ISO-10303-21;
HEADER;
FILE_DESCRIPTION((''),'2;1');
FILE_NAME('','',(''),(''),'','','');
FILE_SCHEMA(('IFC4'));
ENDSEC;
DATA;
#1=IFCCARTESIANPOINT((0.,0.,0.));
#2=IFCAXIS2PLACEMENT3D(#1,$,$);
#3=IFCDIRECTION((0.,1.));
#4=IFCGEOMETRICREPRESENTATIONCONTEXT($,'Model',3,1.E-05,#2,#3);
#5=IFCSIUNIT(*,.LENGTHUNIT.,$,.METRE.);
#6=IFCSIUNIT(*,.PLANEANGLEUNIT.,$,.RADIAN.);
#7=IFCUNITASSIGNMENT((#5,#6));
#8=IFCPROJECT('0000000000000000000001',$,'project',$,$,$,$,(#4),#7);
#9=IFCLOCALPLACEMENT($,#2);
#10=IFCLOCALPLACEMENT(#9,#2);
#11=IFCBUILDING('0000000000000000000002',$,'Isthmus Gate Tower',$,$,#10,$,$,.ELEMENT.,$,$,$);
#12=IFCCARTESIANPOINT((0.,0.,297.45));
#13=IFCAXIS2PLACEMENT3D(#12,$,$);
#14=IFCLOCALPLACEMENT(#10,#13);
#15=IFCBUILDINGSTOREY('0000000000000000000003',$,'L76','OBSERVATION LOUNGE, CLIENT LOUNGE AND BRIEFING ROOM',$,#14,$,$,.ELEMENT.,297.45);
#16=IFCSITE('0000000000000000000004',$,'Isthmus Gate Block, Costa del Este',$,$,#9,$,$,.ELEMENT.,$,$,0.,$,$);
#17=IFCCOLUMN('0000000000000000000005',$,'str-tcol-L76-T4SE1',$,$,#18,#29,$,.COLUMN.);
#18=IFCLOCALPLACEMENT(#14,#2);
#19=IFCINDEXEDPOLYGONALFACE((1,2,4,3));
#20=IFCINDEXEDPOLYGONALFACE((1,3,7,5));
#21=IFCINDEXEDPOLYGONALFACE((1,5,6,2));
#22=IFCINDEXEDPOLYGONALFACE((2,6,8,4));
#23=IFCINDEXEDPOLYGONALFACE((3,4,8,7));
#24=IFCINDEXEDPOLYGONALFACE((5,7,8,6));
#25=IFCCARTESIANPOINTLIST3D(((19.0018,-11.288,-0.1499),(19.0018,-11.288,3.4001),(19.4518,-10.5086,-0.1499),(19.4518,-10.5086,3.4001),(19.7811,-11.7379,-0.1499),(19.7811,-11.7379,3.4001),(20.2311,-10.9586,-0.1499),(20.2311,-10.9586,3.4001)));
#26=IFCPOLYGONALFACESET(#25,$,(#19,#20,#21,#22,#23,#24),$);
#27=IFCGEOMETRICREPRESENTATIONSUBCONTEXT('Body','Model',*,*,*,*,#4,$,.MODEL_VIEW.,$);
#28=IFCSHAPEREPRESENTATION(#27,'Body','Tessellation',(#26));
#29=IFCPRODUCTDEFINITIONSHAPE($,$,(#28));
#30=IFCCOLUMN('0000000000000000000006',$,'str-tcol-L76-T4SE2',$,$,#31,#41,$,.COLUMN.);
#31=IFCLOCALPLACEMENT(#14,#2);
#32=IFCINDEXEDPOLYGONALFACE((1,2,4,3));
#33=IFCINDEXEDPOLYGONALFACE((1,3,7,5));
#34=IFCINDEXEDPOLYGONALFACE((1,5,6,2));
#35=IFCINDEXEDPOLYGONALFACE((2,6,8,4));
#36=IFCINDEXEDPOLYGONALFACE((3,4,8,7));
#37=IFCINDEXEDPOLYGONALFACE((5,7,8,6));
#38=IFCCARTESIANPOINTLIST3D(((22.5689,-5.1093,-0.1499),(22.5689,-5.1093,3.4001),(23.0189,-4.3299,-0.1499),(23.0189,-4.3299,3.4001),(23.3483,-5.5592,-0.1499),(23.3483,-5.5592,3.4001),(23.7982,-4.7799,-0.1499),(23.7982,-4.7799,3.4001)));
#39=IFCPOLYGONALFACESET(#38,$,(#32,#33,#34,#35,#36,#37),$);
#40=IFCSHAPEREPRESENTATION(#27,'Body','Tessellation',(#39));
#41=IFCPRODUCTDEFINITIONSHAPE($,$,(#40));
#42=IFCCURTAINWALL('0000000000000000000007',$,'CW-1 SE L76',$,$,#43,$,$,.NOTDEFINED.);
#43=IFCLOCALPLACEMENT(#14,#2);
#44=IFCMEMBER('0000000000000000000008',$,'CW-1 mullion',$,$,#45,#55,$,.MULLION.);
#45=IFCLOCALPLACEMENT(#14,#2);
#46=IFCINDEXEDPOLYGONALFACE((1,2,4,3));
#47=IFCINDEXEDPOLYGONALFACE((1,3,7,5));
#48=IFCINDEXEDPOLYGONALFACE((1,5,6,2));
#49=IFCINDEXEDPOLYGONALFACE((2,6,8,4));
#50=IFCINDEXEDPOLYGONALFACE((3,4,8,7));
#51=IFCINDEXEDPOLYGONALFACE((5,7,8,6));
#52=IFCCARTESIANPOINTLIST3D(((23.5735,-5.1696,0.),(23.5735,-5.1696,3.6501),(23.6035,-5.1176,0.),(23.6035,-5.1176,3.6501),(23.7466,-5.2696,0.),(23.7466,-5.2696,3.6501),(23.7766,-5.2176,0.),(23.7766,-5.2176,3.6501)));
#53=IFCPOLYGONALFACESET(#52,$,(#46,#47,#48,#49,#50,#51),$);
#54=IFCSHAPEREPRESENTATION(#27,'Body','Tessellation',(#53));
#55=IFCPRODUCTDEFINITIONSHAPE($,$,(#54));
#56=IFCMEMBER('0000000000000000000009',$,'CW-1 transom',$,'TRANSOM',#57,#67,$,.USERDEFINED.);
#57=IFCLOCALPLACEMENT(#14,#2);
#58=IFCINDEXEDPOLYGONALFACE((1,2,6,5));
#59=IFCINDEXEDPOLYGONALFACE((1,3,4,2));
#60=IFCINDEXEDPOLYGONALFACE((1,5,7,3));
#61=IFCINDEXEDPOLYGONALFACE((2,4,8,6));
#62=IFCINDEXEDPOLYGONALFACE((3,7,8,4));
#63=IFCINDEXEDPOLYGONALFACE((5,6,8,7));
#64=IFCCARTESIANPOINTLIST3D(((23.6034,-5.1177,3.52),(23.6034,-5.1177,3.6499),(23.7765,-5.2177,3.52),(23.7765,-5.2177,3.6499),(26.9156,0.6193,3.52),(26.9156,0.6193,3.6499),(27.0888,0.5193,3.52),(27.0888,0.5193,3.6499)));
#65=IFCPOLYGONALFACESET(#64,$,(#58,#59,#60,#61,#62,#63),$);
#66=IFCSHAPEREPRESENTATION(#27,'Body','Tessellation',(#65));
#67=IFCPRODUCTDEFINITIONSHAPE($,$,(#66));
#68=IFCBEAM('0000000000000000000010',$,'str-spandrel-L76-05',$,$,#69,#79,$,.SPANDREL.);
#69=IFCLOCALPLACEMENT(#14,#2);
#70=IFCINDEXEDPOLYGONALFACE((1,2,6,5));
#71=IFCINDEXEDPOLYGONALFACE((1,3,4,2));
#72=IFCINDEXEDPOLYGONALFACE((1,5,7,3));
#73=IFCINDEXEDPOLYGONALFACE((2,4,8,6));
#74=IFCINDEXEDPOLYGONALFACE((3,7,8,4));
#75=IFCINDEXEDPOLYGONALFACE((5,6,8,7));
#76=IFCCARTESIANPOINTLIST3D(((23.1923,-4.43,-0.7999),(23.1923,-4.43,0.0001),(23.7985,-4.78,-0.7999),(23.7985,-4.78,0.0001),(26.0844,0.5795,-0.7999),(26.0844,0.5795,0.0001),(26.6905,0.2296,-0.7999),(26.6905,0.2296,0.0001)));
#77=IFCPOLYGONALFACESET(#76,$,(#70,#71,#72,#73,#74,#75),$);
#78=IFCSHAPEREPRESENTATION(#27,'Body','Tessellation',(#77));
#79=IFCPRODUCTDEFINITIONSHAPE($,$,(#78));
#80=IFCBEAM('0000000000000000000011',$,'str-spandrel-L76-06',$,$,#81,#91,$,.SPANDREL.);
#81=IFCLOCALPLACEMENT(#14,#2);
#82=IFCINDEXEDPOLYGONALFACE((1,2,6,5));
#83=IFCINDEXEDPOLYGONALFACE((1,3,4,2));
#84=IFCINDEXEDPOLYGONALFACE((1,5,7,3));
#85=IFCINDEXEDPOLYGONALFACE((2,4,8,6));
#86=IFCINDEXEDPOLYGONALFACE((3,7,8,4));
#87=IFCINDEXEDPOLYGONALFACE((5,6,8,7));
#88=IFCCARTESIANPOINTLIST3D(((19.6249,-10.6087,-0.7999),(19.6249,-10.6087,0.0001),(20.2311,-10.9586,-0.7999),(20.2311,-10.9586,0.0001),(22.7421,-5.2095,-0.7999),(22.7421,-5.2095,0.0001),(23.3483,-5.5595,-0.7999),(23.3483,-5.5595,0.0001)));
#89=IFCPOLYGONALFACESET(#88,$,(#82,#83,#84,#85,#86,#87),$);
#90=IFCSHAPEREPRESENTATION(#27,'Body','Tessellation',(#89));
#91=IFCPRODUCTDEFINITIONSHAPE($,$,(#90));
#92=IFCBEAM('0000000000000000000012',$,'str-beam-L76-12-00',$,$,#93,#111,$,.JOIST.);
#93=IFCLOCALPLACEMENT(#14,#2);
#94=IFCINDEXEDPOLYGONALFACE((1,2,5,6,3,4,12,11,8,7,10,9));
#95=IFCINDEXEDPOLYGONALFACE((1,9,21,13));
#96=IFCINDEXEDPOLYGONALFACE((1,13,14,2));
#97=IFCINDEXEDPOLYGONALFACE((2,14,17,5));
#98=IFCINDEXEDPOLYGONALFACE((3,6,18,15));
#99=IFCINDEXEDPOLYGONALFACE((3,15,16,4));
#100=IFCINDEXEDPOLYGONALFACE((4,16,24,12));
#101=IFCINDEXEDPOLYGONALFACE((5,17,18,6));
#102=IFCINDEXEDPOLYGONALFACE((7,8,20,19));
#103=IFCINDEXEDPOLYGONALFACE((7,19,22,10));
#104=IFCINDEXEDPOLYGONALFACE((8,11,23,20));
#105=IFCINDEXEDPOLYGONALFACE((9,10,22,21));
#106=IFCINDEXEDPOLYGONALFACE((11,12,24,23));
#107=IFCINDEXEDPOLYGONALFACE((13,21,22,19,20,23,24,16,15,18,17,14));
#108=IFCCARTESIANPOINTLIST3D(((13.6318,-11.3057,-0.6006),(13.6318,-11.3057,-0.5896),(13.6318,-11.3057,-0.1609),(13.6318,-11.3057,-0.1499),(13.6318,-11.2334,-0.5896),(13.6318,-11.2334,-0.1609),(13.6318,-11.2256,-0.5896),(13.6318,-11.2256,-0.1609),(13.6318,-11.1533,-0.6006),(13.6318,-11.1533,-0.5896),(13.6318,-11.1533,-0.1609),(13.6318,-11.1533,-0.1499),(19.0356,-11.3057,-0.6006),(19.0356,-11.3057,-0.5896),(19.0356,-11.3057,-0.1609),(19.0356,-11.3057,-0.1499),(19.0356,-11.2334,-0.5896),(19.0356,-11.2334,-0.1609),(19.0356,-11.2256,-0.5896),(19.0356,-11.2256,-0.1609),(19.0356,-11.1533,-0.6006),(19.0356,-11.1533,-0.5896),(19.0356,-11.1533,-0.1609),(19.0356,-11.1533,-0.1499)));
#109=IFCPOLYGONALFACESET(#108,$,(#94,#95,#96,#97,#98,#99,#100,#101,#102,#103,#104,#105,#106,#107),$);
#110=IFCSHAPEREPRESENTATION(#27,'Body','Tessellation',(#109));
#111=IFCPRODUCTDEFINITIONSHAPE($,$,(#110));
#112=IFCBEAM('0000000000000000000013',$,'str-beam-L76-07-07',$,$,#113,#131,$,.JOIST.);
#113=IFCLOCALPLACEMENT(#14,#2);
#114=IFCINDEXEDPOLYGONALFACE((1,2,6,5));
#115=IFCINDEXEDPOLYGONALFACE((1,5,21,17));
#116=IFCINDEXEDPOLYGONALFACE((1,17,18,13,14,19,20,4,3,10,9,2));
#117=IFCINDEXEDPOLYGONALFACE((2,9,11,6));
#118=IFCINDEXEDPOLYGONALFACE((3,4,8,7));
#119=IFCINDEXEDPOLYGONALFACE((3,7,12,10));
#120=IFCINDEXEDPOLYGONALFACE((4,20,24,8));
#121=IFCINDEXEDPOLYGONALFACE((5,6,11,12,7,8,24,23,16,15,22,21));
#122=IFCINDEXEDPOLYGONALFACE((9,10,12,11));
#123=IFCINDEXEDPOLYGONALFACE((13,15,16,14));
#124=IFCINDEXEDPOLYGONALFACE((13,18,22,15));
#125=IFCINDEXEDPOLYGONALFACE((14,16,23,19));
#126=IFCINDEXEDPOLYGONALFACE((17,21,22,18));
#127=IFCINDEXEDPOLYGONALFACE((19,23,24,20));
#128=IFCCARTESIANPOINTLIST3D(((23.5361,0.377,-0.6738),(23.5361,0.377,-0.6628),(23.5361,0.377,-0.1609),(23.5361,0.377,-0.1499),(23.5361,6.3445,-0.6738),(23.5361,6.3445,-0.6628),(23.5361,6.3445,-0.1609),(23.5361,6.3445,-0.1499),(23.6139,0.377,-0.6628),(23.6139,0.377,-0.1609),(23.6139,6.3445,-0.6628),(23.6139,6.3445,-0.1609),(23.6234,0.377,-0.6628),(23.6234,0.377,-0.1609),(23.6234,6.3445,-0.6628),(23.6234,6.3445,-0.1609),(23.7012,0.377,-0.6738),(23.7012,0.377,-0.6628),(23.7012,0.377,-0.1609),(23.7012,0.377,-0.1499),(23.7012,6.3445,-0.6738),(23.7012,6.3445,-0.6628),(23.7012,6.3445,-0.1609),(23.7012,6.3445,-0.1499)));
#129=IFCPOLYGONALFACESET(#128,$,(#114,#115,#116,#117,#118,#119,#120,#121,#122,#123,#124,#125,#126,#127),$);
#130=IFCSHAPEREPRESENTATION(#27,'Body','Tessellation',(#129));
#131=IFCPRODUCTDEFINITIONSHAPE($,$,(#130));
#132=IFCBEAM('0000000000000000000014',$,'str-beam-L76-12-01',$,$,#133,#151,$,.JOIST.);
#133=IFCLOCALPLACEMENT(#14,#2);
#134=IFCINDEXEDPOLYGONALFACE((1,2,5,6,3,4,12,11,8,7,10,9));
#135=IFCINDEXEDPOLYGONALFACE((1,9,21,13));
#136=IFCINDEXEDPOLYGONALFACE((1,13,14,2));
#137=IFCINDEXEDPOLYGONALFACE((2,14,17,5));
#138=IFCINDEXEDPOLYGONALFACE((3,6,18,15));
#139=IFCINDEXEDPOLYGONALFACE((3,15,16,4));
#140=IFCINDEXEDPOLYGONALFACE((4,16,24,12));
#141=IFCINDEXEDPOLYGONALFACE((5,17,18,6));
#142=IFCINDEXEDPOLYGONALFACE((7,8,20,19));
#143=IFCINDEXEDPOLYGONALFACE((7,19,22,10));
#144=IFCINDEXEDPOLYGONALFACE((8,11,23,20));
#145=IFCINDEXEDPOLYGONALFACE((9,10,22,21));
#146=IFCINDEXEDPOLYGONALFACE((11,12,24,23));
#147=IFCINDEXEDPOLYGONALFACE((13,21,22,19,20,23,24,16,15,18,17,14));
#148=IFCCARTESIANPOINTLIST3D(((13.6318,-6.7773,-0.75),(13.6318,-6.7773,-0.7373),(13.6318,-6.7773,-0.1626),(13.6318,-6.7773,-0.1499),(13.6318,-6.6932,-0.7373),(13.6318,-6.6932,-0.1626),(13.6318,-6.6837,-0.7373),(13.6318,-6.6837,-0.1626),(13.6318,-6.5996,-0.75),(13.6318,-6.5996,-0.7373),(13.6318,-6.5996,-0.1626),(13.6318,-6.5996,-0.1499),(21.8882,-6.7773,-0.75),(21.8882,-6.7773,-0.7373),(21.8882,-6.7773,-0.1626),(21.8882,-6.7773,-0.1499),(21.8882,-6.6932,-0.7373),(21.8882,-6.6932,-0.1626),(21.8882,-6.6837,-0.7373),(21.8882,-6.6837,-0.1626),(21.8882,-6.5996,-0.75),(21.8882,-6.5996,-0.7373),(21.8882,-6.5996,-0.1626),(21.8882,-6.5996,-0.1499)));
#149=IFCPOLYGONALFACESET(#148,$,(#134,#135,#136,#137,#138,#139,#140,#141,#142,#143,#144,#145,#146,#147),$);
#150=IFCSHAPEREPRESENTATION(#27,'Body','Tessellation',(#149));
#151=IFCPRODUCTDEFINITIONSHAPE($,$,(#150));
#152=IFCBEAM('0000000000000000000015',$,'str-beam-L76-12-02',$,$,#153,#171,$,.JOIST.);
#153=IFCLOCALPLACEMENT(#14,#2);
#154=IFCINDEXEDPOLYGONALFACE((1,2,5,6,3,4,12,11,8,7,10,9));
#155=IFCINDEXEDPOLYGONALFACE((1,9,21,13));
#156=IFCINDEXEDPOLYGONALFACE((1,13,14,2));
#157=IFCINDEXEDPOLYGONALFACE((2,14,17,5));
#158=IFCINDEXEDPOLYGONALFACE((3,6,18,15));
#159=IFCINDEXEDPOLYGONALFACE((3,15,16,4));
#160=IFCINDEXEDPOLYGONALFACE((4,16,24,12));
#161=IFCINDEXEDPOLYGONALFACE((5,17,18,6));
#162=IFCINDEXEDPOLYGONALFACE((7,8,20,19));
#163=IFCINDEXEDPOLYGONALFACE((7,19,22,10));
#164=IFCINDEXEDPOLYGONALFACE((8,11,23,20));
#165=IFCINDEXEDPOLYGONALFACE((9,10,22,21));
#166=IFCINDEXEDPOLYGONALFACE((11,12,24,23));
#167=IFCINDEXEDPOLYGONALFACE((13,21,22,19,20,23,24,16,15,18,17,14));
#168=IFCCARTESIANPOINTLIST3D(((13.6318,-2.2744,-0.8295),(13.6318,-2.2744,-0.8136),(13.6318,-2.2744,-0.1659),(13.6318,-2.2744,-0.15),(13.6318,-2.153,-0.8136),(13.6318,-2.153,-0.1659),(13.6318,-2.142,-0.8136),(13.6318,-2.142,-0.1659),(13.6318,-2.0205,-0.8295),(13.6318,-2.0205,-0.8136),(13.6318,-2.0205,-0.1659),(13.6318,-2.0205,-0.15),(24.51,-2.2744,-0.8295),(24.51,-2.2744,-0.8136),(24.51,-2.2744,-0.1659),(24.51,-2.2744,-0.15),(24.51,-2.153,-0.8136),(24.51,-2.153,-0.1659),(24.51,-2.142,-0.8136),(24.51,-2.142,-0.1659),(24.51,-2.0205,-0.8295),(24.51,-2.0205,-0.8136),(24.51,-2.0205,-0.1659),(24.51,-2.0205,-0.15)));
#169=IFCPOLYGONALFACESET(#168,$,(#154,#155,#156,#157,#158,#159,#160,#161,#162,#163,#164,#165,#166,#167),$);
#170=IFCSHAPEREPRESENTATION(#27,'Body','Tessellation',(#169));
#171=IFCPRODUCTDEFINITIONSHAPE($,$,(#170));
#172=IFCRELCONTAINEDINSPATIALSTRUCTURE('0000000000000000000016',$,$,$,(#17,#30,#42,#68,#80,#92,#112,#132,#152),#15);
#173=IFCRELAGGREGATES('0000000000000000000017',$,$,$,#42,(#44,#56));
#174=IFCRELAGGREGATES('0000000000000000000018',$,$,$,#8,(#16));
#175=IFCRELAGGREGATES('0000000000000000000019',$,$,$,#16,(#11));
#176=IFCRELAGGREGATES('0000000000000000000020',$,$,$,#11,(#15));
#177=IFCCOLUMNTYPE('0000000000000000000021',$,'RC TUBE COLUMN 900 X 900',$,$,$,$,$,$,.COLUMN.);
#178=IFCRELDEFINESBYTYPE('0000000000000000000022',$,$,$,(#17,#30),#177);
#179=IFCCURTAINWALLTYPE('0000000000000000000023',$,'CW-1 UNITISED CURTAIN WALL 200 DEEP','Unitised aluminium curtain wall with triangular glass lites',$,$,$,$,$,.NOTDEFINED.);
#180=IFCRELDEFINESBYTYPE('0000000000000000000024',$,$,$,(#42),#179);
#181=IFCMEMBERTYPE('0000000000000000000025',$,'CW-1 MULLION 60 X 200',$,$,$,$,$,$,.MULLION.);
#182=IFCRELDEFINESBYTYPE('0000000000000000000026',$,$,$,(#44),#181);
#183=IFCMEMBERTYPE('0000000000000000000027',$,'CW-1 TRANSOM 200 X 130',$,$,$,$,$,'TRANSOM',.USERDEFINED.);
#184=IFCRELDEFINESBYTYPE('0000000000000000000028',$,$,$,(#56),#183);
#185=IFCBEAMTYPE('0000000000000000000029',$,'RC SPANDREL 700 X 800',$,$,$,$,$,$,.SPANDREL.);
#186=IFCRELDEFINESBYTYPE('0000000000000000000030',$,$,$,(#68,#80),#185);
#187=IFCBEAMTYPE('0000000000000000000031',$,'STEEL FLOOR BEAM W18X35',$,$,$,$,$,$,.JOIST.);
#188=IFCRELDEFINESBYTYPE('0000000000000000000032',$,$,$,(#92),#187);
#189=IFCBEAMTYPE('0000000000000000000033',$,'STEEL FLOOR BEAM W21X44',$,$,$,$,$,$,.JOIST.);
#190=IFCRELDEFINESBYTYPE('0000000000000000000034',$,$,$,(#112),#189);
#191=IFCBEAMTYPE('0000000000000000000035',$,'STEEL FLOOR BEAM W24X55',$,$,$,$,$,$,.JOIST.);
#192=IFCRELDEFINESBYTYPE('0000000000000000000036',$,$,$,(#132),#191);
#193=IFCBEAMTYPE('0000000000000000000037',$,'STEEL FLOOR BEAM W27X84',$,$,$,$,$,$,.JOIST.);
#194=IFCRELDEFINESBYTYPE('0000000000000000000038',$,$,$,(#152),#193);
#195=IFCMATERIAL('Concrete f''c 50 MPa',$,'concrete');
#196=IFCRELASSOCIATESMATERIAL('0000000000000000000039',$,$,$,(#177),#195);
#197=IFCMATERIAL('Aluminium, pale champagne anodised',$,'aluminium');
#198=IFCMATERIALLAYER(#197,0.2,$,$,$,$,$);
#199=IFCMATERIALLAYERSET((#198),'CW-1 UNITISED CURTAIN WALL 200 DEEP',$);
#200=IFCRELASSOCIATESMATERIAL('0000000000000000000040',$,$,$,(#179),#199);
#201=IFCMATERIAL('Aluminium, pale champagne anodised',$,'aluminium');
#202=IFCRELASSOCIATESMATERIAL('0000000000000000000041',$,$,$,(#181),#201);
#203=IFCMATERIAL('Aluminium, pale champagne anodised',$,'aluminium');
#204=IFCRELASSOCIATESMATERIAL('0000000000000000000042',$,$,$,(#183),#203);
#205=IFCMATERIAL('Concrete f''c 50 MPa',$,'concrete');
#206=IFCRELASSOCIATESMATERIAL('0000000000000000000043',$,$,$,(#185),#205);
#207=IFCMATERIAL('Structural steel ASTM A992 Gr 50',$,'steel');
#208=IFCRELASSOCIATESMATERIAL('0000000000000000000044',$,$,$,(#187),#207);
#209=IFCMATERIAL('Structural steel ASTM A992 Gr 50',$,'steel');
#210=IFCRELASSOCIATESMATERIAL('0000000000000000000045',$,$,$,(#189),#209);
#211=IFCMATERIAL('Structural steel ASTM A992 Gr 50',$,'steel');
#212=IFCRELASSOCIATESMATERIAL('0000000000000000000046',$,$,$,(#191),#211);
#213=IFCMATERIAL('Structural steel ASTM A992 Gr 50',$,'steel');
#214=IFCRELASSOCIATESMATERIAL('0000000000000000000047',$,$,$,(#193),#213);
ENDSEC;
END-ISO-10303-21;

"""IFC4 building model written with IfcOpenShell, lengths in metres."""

from ifc_helpers import new_model, si_unit, direction, frame, origin, origin_2d, place, context, subcontext, project, spatial, rectangle, i_section, extrude, material, layer, layer_set, material_profile, profile_set, type_object, element, aggregate, save


model = new_model("IFC4")

# Units and contexts
model_context = context("Model", 3, precision=1e-05, world=origin(), true_north=direction((0.0, 1.0)))
body_context = subcontext(model_context, "Body", "Model", "MODEL_VIEW")
ifc_project = project(units=[si_unit("LENGTHUNIT", "METRE"), si_unit("PLANEANGLEUNIT", "RADIAN")], contexts=[model_context])

# Site, building, storey
site_placement = place(None, origin())
site = spatial("IfcSite", under=ifc_project, at=site_placement, Name="Isthmus Gate Block, Costa del Este", CompositionType="ELEMENT", RefElevation=0.0)
building_placement = place(site_placement, origin())
building = spatial("IfcBuilding", under=site, at=building_placement, Name="Isthmus Gate Tower", CompositionType="ELEMENT")
storey_placement = place(building_placement, frame((0.0, 0.0, 297.45)))
storey = spatial("IfcBuildingStorey", under=building, at=storey_placement, Name="L76", Description="OBSERVATION LOUNGE, CLIENT LOUNGE AND BRIEFING ROOM", CompositionType="ELEMENT", Elevation=297.45)

# Columns
ifc_material_1 = material(Name="Concrete f'c 50 MPa", Category="concrete")
ifc_material_profile_1 = material_profile(ifc_material_1, rectangle(XDim=0.8999, YDim=0.8999, at=origin_2d()), Name="RC 900X900")
ifc_profile_set_1 = profile_set([ifc_material_profile_1], Name="Concrete f'c 50 MPa")
column_type = type_object("IfcColumnType", Name="RC TUBE COLUMN 900 X 900", PredefinedType="COLUMN", material=ifc_profile_set_1)
for number, where, z_axis, x_axis, name in (
    (1, (19.6165, -11.1233, -0.1499), (0.0, 0.0, 1.0), (0.5, 0.866025, 0.0), "str-tcol-L76-T4SE1"),
    (2, (23.1836, -4.9446, -0.1499), (0.0, 0.0, 1.0), (0.5, 0.866025, 0.0), "str-tcol-L76-T4SE2"),
):
    element("IfcColumn", number, at=place(storey_placement, frame(where, z_axis=z_axis, x_axis=x_axis)), inside=storey, type_object=column_type, Name=name, PredefinedType="COLUMN", context=body_context, shape_type="SweptSolid", body=[
        extrude(rectangle(XDim=0.8999, YDim=0.8999, at=origin_2d()), origin(), (0.0, 0.0, 1.0), 3.55),
    ])

# Curtain wall, members
ifc_material_2 = material(Name="Aluminium, pale champagne anodised", Category="aluminium")
ifc_layer_1 = layer(ifc_material_2, 0.2)
ifc_layer_set_1 = layer_set([ifc_layer_1], Name="CW-1 UNITISED CURTAIN WALL 200 DEEP")
curtain_wall_type = type_object("IfcCurtainWallType", Name="CW-1 UNITISED CURTAIN WALL 200 DEEP", Description="Unitised aluminium curtain wall with triangular glass lites", PredefinedType="NOTDEFINED", material=ifc_layer_set_1)
curtain_wall_placement = place(storey_placement, origin())
curtain_wall = element("IfcCurtainWall", 3, at=curtain_wall_placement, inside=storey, type_object=curtain_wall_type, Name="CW-1 SE L76", PredefinedType="NOTDEFINED")
ifc_material_3 = material(Name="Aluminium, pale champagne anodised", Category="aluminium")
ifc_material_profile_2 = material_profile(ifc_material_3, rectangle(XDim=0.0601, YDim=0.2, at=origin_2d()), Name="60x200")
ifc_profile_set_2 = profile_set([ifc_material_profile_2], Name="Aluminium, pale champagne anodised")
member_type_1 = type_object("IfcMemberType", Name="CW-1 MULLION 60 X 200", PredefinedType="MULLION", material=ifc_profile_set_2)
member_1_placement = place(storey_placement, frame((23.675, -5.1936, 0.0), z_axis=(0.0, 0.0, 1.0), x_axis=(0.5, 0.866025, 0.0)))
member_1 = element("IfcMember", 4, at=member_1_placement, type_object=member_type_1, Name="CW-1 mullion", PredefinedType="MULLION", context=body_context, shape_type="SweptSolid", body=[
    extrude(rectangle(XDim=0.0601, YDim=0.2, at=origin_2d()), origin(), (0.0, 0.0, 1.0), 3.6501),
])
ifc_material_4 = material(Name="Aluminium, pale champagne anodised", Category="aluminium")
ifc_material_profile_3 = material_profile(ifc_material_4, rectangle(XDim=0.2, YDim=0.1299, at=origin_2d()), Name="200x130")
ifc_profile_set_3 = profile_set([ifc_material_profile_3], Name="Aluminium, pale champagne anodised")
member_type_2 = type_object("IfcMemberType", Name="CW-1 TRANSOM 200 X 130", ElementType="TRANSOM", PredefinedType="USERDEFINED", material=ifc_profile_set_3)
member_2_placement = place(storey_placement, frame((23.6899, -5.1677, 3.585), z_axis=(0.499996, 0.866028, 0.0), x_axis=(-0.866028, 0.499996, 0.0)))
member_2 = element("IfcMember", 5, at=member_2_placement, type_object=member_type_2, Name="CW-1 transom", ObjectType="TRANSOM", PredefinedType="USERDEFINED", context=body_context, shape_type="SweptSolid", body=[
    extrude(rectangle(XDim=0.2, YDim=0.1299, at=origin_2d()), origin(), (0.0, 0.0, 1.0), 6.6245),
])

# Beams
ifc_material_5 = material(Name="Concrete f'c 50 MPa", Category="concrete")
ifc_material_profile_4 = material_profile(ifc_material_5, rectangle(XDim=0.7, YDim=0.8, at=origin_2d()), Name="RC 700X800")
ifc_profile_set_4 = profile_set([ifc_material_profile_4], Name="Concrete f'c 50 MPa")
beam_type_1 = type_object("IfcBeamType", Name="RC SPANDREL 700 X 800", PredefinedType="SPANDREL", material=ifc_profile_set_4)
beam_1_placement = place(storey_placement, frame((26.3875, 0.4045, -0.3999), z_axis=(-0.499979, -0.866037, 0.0), x_axis=(0.866037, -0.499979, 0.0)))
element("IfcBeam", 6, at=beam_1_placement, inside=storey, type_object=beam_type_1, Name="str-spandrel-L76-05", PredefinedType="SPANDREL", context=body_context, shape_type="SweptSolid", body=[
    extrude(rectangle(XDim=0.7, YDim=0.8, at=origin_2d()), origin(), (0.0, 0.0, 1.0), 5.7844),
])
beam_2_placement = place(storey_placement, frame((23.0452, -5.3845, -0.3999), z_axis=(-0.499997, -0.866027, 0.0), x_axis=(0.866027, -0.499997, 0.0)))
element("IfcBeam", 7, at=beam_2_placement, inside=storey, type_object=beam_type_1, Name="str-spandrel-L76-06", PredefinedType="SPANDREL", context=body_context, shape_type="SweptSolid", body=[
    extrude(rectangle(XDim=0.7, YDim=0.8, at=origin_2d()), origin(), (0.0, 0.0, 1.0), 6.2344),
])
ifc_material_6 = material(Name="Structural steel ASTM A992 Gr 50", Category="steel")
ifc_material_profile_5 = material_profile(ifc_material_6, i_section(OverallWidth=0.1523, OverallDepth=0.4507, WebThickness=0.0078, FlangeThickness=0.011, at=origin_2d()), Name="W18X35")
ifc_profile_set_5 = profile_set([ifc_material_profile_5], Name="Structural steel ASTM A992 Gr 50")
beam_type_2 = type_object("IfcBeamType", Name="STEEL FLOOR BEAM W18X35", PredefinedType="JOIST", material=ifc_profile_set_5)
beam_3_placement = place(storey_placement, frame((13.6318, -11.2295, -0.3752), z_axis=(1.0, 0.0, 0.0), x_axis=(0.0, 1.0, 0.0)))
element("IfcBeam", 8, at=beam_3_placement, inside=storey, type_object=beam_type_2, Name="str-beam-L76-12-00", PredefinedType="JOIST", context=body_context, shape_type="SweptSolid", body=[
    extrude(i_section(OverallWidth=0.1523, OverallDepth=0.4507, WebThickness=0.0078, FlangeThickness=0.011, at=origin_2d()), origin(), (0.0, 0.0, 1.0), 5.4038),
])
ifc_material_7 = material(Name="Structural steel ASTM A992 Gr 50", Category="steel")
ifc_material_profile_6 = material_profile(ifc_material_7, i_section(OverallWidth=0.165, OverallDepth=0.5239, WebThickness=0.0095, FlangeThickness=0.011, at=origin_2d()), Name="W21X44")
ifc_profile_set_6 = profile_set([ifc_material_profile_6], Name="Structural steel ASTM A992 Gr 50")
beam_type_3 = type_object("IfcBeamType", Name="STEEL FLOOR BEAM W21X44", PredefinedType="JOIST", material=ifc_profile_set_6)
beam_4_placement = place(storey_placement, frame((23.6187, 0.377, -0.4119), z_axis=(0.0, 1.0, 0.0), x_axis=(-1.0, 0.0, 0.0)))
element("IfcBeam", 9, at=beam_4_placement, inside=storey, type_object=beam_type_3, Name="str-beam-L76-07-07", PredefinedType="JOIST", context=body_context, shape_type="SweptSolid", body=[
    extrude(i_section(OverallWidth=0.165, OverallDepth=0.5239, WebThickness=0.0095, FlangeThickness=0.011, at=origin_2d()), origin(), (0.0, 0.0, 1.0), 5.9675),
])
ifc_material_8 = material(Name="Structural steel ASTM A992 Gr 50", Category="steel")
ifc_material_profile_7 = material_profile(ifc_material_8, i_section(OverallWidth=0.1777, OverallDepth=0.6001, WebThickness=0.0095, FlangeThickness=0.0127, at=origin_2d()), Name="W24X55")
ifc_profile_set_7 = profile_set([ifc_material_profile_7], Name="Structural steel ASTM A992 Gr 50")
beam_type_4 = type_object("IfcBeamType", Name="STEEL FLOOR BEAM W24X55", PredefinedType="JOIST", material=ifc_profile_set_7)
beam_5_placement = place(storey_placement, frame((13.6318, -6.6885, -0.45), z_axis=(1.0, 0.0, 0.0), x_axis=(0.0, 1.0, 0.0)))
element("IfcBeam", 10, at=beam_5_placement, inside=storey, type_object=beam_type_4, Name="str-beam-L76-12-01", PredefinedType="JOIST", context=body_context, shape_type="SweptSolid", body=[
    extrude(i_section(OverallWidth=0.1777, OverallDepth=0.6001, WebThickness=0.0095, FlangeThickness=0.0127, at=origin_2d()), origin(), (0.0, 0.0, 1.0), 8.2563),
])
ifc_material_9 = material(Name="Structural steel ASTM A992 Gr 50", Category="steel")
ifc_material_profile_8 = material_profile(ifc_material_9, i_section(OverallWidth=0.2539, OverallDepth=0.6794, WebThickness=0.011, FlangeThickness=0.0159, at=origin_2d()), Name="W27X84")
ifc_profile_set_8 = profile_set([ifc_material_profile_8], Name="Structural steel ASTM A992 Gr 50")
beam_type_5 = type_object("IfcBeamType", Name="STEEL FLOOR BEAM W27X84", PredefinedType="JOIST", material=ifc_profile_set_8)
beam_6_placement = place(storey_placement, frame((13.6318, -2.1475, -0.4897), z_axis=(1.0, 0.0, 0.0), x_axis=(0.0, 1.0, 0.0)))
element("IfcBeam", 11, at=beam_6_placement, inside=storey, type_object=beam_type_5, Name="str-beam-L76-12-02", PredefinedType="JOIST", context=body_context, shape_type="SweptSolid", body=[
    extrude(i_section(OverallWidth=0.2539, OverallDepth=0.6794, WebThickness=0.011, FlangeThickness=0.0159, at=origin_2d()), origin(), (0.0, 0.0, 1.0), 10.8782),
])

aggregate(curtain_wall, [member_1, member_2])

save(model, "model.ifc")
